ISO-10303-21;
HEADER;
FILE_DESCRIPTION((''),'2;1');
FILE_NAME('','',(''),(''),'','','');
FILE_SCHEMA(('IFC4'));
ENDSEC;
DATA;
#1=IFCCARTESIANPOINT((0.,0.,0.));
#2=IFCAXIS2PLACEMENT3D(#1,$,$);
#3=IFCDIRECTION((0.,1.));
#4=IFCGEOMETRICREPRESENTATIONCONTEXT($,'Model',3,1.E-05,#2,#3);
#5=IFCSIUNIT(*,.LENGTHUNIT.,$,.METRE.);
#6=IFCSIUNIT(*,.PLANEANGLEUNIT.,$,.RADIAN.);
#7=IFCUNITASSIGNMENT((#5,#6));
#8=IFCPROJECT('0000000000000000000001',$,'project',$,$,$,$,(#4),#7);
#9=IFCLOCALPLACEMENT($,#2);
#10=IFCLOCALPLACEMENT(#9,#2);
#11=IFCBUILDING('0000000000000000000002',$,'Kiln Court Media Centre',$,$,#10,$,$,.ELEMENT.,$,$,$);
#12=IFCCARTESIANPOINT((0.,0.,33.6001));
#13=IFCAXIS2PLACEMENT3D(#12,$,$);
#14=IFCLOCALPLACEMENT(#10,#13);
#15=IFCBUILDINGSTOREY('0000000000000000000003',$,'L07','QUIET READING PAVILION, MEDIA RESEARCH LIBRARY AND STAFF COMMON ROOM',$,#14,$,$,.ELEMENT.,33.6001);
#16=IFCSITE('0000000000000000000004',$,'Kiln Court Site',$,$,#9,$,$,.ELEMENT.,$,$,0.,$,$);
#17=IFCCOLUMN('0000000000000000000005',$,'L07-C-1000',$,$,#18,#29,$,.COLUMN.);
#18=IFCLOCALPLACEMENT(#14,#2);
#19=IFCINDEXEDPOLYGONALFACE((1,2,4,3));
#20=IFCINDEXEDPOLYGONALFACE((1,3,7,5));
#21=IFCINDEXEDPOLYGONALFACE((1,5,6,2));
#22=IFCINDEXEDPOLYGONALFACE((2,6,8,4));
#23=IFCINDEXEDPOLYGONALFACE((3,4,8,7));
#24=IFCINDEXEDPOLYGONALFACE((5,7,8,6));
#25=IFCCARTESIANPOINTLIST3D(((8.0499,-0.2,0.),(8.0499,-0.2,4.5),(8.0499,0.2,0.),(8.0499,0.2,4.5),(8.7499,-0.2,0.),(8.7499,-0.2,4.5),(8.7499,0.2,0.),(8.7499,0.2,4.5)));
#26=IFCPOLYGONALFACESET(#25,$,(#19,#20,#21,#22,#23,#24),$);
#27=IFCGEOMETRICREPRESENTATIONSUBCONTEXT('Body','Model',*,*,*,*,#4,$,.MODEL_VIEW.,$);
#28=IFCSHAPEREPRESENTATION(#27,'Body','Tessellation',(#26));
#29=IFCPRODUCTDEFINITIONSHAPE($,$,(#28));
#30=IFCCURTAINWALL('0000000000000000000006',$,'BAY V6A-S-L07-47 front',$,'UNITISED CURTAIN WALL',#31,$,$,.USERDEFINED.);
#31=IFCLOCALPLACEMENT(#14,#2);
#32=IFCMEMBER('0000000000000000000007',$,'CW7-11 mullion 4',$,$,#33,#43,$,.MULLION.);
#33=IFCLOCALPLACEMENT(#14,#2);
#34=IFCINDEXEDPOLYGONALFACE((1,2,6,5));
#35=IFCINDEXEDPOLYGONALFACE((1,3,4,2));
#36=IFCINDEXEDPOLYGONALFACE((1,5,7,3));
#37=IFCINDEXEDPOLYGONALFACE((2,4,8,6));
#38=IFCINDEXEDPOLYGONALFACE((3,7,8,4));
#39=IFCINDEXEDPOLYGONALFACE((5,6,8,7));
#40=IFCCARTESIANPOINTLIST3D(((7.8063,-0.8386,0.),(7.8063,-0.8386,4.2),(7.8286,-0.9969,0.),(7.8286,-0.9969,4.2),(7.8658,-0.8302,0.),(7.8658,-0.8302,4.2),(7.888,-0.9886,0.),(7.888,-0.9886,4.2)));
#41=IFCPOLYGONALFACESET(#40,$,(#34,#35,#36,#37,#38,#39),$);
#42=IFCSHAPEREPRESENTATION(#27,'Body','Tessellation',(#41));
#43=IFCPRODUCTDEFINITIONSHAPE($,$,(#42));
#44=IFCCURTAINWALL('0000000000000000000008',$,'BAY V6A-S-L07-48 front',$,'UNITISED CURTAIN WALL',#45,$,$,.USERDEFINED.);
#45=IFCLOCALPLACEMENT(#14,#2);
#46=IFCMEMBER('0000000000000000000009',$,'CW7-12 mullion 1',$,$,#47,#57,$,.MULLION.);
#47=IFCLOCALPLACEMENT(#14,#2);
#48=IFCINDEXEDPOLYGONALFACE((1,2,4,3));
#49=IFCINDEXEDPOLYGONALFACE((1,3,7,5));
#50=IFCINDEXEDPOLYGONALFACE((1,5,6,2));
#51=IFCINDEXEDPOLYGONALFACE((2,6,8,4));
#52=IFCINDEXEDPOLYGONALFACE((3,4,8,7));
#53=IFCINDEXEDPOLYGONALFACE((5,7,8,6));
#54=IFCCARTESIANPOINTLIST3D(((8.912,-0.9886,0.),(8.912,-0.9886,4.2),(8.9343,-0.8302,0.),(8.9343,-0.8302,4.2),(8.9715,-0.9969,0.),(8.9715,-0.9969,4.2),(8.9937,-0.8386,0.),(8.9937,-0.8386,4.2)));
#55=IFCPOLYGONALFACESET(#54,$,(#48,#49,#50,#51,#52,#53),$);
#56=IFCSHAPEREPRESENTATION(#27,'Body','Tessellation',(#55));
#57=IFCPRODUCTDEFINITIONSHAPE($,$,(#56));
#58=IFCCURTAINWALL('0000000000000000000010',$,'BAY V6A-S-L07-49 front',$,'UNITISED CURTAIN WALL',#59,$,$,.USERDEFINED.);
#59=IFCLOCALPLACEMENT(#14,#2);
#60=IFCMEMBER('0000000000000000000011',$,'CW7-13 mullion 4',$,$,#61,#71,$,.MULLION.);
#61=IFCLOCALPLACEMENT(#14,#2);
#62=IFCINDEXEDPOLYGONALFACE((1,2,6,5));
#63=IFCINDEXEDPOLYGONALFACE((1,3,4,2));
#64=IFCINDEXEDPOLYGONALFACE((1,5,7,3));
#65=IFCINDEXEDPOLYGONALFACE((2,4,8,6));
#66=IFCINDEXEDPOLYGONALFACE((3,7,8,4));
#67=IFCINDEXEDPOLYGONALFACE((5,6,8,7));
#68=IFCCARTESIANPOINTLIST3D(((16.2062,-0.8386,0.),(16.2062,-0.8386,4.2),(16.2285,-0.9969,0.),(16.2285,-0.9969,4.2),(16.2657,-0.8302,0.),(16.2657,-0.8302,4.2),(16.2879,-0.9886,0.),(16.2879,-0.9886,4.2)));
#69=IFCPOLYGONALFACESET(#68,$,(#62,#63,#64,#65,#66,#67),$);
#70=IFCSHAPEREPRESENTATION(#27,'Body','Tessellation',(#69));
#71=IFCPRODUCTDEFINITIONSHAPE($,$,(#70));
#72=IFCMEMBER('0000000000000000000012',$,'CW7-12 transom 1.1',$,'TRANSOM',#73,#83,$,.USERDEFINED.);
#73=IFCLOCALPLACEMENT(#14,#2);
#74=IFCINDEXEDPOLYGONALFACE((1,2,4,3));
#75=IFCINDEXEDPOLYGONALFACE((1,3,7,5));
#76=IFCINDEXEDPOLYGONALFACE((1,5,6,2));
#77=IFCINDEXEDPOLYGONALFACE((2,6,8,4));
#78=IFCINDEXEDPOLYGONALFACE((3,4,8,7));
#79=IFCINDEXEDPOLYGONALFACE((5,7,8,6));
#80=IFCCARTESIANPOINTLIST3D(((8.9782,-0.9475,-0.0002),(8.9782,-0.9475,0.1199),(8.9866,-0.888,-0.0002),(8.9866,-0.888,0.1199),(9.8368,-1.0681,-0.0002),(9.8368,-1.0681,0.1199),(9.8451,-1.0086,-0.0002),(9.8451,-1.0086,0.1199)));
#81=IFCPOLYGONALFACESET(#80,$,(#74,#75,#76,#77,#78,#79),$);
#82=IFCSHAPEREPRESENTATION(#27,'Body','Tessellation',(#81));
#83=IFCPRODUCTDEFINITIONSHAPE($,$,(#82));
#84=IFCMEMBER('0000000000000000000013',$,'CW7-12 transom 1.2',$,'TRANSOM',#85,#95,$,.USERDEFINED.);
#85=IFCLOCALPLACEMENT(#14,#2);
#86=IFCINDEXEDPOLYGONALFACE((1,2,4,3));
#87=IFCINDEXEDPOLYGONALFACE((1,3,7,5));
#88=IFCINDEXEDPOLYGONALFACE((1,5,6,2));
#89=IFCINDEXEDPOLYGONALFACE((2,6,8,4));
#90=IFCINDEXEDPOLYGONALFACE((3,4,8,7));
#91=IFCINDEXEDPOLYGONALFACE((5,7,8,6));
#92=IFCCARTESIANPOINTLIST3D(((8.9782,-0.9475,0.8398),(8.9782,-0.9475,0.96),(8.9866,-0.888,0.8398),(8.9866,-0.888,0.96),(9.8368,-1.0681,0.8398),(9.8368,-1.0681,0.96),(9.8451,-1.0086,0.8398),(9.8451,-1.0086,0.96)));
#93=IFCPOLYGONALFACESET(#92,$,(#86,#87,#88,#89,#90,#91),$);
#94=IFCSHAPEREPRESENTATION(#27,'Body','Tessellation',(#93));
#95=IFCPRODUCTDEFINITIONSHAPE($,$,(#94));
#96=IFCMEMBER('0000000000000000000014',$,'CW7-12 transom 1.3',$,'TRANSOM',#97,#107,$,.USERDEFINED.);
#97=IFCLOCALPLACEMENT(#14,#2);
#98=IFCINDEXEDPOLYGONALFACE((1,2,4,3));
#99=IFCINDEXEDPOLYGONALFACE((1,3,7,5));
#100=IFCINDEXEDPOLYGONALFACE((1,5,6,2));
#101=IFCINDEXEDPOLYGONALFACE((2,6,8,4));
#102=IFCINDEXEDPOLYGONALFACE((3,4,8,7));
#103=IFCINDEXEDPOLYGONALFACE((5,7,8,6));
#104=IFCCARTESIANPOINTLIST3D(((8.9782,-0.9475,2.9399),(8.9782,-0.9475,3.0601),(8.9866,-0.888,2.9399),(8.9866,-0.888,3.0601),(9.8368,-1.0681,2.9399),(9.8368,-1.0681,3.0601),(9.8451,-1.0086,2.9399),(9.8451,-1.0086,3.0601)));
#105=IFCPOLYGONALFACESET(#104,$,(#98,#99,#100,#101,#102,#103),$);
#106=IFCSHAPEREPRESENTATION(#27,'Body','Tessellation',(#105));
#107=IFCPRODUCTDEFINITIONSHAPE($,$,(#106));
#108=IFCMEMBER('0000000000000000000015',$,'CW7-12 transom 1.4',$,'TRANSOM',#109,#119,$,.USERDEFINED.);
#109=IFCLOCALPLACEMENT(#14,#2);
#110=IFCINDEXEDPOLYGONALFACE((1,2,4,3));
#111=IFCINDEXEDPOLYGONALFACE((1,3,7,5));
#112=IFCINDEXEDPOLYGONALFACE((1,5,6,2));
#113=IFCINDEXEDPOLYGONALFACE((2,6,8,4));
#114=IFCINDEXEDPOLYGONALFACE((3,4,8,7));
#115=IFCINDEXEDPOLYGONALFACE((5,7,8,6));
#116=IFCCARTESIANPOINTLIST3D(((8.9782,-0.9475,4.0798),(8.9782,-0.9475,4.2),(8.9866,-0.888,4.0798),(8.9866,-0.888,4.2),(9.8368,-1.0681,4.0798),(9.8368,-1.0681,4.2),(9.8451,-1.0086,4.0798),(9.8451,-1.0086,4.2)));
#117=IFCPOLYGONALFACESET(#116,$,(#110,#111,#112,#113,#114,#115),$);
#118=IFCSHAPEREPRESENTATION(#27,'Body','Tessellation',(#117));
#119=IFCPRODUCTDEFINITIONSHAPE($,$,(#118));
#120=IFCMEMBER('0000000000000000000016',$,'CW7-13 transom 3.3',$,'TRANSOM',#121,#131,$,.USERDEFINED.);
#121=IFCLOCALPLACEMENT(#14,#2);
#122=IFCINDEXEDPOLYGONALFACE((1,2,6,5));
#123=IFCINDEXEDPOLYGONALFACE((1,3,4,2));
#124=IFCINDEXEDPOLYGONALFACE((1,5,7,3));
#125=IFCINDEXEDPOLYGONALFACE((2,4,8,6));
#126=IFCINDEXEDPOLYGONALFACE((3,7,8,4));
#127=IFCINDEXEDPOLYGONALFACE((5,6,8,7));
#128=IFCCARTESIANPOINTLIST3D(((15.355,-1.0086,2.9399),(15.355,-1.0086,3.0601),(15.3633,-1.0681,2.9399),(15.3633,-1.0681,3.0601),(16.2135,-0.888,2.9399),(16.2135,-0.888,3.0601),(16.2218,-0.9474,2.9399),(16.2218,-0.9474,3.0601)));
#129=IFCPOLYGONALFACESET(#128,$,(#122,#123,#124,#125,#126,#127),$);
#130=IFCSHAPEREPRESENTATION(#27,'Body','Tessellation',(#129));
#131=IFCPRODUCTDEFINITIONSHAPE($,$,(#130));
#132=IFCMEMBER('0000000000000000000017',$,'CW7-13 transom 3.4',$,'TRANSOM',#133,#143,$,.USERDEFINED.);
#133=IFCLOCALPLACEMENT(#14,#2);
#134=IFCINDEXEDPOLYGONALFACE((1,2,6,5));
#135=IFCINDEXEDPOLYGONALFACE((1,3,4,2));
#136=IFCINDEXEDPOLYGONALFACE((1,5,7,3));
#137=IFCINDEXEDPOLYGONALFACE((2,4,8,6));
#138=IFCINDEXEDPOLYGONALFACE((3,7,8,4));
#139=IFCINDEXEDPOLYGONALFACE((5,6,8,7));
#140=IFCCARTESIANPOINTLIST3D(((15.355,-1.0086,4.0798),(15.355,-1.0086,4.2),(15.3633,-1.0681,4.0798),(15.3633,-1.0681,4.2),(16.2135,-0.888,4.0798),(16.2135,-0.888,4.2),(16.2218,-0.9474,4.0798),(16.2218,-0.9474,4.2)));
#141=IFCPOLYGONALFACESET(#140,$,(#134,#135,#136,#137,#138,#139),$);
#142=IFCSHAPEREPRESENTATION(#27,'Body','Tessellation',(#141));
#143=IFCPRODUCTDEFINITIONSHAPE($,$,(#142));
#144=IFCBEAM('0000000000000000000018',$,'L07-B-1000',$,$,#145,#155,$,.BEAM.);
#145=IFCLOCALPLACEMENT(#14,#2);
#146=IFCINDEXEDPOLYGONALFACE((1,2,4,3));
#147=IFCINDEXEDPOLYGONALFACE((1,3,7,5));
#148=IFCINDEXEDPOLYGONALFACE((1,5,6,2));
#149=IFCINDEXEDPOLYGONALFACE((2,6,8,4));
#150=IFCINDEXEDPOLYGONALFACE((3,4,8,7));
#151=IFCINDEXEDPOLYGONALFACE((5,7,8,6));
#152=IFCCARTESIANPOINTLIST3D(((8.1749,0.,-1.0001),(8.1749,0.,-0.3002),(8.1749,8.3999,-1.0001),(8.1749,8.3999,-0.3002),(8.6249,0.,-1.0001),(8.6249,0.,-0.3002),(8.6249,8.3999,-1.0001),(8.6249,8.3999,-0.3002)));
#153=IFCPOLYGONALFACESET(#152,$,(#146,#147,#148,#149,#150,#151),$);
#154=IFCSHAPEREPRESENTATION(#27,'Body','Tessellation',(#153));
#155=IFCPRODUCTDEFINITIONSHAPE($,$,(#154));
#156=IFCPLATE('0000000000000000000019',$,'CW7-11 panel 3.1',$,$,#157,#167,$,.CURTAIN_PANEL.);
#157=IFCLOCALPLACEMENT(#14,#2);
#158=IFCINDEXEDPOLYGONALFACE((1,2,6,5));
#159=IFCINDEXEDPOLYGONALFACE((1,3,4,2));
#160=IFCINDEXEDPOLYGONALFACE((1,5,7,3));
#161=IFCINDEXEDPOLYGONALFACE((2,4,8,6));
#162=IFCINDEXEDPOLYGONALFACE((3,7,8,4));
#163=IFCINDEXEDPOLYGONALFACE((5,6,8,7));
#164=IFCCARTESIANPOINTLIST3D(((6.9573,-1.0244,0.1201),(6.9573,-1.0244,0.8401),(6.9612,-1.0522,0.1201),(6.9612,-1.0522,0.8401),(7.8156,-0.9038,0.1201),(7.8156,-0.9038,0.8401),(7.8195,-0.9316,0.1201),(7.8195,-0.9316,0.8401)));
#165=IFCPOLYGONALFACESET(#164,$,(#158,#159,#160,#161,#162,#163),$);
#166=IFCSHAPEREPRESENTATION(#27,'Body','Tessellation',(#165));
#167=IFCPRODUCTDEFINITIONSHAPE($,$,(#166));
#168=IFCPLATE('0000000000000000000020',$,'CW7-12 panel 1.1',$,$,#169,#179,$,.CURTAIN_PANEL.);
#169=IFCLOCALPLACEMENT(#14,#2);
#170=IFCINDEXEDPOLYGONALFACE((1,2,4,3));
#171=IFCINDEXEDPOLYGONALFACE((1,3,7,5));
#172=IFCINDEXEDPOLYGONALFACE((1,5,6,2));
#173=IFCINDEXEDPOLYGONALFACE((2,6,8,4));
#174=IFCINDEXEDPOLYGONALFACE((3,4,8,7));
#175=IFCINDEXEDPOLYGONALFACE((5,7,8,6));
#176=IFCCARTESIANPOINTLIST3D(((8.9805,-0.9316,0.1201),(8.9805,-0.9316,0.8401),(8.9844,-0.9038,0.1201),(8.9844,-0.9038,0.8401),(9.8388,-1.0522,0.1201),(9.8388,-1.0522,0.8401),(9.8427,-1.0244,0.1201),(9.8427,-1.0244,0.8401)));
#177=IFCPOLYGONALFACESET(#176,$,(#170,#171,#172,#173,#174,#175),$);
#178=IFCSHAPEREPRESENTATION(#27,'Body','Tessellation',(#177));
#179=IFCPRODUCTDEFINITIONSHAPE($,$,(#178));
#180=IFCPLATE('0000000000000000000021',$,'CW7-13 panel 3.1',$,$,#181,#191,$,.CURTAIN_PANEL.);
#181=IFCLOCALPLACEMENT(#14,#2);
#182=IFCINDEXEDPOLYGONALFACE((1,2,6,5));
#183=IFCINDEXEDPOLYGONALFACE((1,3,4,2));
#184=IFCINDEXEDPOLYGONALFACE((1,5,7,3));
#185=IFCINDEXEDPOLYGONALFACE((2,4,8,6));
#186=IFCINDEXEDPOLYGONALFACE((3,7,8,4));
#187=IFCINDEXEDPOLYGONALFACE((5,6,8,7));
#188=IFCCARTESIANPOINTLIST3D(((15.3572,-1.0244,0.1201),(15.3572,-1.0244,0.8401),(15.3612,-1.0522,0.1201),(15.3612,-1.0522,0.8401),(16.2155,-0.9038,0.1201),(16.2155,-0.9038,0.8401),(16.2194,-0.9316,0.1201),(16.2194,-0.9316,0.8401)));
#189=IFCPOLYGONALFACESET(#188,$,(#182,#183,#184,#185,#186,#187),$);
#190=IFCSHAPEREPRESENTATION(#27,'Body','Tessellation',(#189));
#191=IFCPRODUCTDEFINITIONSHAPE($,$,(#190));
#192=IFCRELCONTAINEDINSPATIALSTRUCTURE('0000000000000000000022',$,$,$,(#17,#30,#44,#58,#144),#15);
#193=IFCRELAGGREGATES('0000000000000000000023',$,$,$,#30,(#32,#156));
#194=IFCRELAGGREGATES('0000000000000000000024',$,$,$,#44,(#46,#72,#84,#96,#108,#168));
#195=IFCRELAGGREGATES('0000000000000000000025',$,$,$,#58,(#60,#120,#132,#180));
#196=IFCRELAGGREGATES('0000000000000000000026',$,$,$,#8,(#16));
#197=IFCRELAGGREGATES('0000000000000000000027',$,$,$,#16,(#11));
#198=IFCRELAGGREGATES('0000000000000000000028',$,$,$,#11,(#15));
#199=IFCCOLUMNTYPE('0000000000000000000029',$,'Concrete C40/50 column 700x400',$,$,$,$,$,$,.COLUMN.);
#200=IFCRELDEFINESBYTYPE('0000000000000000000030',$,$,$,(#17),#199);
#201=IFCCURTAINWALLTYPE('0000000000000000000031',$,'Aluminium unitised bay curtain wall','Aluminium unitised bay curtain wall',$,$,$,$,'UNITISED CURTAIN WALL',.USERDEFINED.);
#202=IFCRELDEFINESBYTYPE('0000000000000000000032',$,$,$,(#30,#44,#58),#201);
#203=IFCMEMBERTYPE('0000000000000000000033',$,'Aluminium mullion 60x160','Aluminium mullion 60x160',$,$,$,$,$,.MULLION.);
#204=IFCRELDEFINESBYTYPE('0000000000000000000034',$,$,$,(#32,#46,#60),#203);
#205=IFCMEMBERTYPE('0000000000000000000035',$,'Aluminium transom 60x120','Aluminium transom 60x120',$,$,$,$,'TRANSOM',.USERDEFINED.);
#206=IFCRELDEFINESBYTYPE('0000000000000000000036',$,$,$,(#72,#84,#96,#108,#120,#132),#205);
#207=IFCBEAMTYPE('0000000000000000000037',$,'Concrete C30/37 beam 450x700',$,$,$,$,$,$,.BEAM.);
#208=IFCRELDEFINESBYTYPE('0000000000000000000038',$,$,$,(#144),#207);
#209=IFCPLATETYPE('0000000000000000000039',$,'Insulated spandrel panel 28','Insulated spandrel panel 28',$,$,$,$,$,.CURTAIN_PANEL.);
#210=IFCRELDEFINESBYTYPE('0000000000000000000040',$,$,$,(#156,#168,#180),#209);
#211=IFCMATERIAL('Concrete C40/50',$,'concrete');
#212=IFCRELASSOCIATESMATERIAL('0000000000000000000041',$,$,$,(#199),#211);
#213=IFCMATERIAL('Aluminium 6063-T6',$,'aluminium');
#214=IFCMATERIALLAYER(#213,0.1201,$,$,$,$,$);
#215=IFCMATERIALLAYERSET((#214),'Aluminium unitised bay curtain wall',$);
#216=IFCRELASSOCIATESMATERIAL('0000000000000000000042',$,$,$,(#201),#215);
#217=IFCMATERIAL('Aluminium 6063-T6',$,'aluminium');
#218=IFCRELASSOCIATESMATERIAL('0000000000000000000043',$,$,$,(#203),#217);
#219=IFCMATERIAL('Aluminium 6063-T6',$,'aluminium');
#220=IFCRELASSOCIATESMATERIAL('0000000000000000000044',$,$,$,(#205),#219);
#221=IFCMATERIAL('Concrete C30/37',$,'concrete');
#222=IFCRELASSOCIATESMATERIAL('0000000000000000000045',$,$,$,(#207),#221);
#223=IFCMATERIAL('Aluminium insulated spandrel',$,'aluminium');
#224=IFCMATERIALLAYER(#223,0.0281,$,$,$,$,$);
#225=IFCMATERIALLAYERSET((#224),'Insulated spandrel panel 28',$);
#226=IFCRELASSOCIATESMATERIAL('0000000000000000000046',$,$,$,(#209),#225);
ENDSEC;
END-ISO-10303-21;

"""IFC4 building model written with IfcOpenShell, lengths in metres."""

from ifc_helpers import new_model, si_unit, direction, frame, origin, origin_2d, place, context, subcontext, project, spatial, rectangle, extrude, material, layer, layer_set, material_profile, profile_set, type_object, element, aggregate, save


model = new_model("IFC4")

# Units and contexts
model_context = context("Model", 3, precision=1e-05, world=origin(), true_north=direction((0.0, 1.0)))
body_context = subcontext(model_context, "Body", "Model", "MODEL_VIEW")
ifc_project = project(units=[si_unit("LENGTHUNIT", "METRE"), si_unit("PLANEANGLEUNIT", "RADIAN")], contexts=[model_context])

# Site, building, storey
site_placement = place(None, origin())
site = spatial("IfcSite", under=ifc_project, at=site_placement, Name="Kiln Court Site", CompositionType="ELEMENT", RefElevation=0.0)
building_placement = place(site_placement, origin())
building = spatial("IfcBuilding", under=site, at=building_placement, Name="Kiln Court Media Centre", CompositionType="ELEMENT")
storey_placement = place(building_placement, frame((0.0, 0.0, 33.6001)))
storey = spatial("IfcBuildingStorey", under=building, at=storey_placement, Name="L07", Description="QUIET READING PAVILION, MEDIA RESEARCH LIBRARY AND STAFF COMMON ROOM", CompositionType="ELEMENT", Elevation=33.6001)

# Column
ifc_material_1 = material(Name="Concrete C40/50", Category="concrete")
ifc_material_profile_1 = material_profile(ifc_material_1, rectangle(XDim=0.7, YDim=0.3999, at=origin_2d()), Name="RC 700x400")
ifc_profile_set_1 = profile_set([ifc_material_profile_1], Name="Concrete C40/50")
column_type = type_object("IfcColumnType", Name="Concrete C40/50 column 700x400", PredefinedType="COLUMN", material=ifc_profile_set_1)
column_placement = place(storey_placement, frame((8.3999, 0.0, 0.0), z_axis=(0.0, 0.0, 1.0), x_axis=(1.0, 0.0, 0.0)))
element("IfcColumn", 1, at=column_placement, inside=storey, type_object=column_type, Name="L07-C-1000", PredefinedType="COLUMN", context=body_context, shape_type="SweptSolid", body=[
    extrude(rectangle(XDim=0.7, YDim=0.3999, at=origin_2d()), origin(), (0.0, 0.0, 1.0), 4.5),
])

# Curtain walls, members
ifc_material_2 = material(Name="Aluminium 6063-T6", Category="aluminium")
ifc_layer_1 = layer(ifc_material_2, 0.1201)
ifc_layer_set_1 = layer_set([ifc_layer_1], Name="Aluminium unitised bay curtain wall")
curtain_wall_type = type_object("IfcCurtainWallType", Name="Aluminium unitised bay curtain wall", Description="Aluminium unitised bay curtain wall", ElementType="UNITISED CURTAIN WALL", PredefinedType="USERDEFINED", material=ifc_layer_set_1)
curtain_wall_1_placement = place(storey_placement, origin())
curtain_wall_1 = element("IfcCurtainWall", 2, at=curtain_wall_1_placement, inside=storey, type_object=curtain_wall_type, Name="BAY V6A-S-L07-47 front", ObjectType="UNITISED CURTAIN WALL", PredefinedType="USERDEFINED")
ifc_material_3 = material(Name="Aluminium 6063-T6", Category="aluminium")
ifc_material_profile_2 = material_profile(ifc_material_3, rectangle(XDim=0.0601, YDim=0.1599, at=origin_2d()), Name="Aluminium mullion 60x160")
ifc_profile_set_2 = profile_set([ifc_material_profile_2], Name="Aluminium 6063-T6")
member_type_1 = type_object("IfcMemberType", Name="Aluminium mullion 60x160", Description="Aluminium mullion 60x160", PredefinedType="MULLION", material=ifc_profile_set_2)
member_1_placement = place(storey_placement, frame((7.8472, -0.9136, 0.0), z_axis=(0.0, 0.0, 1.0), x_axis=(0.99027, 0.139162, 0.0)))
member_1 = element("IfcMember", 3, at=member_1_placement, type_object=member_type_1, Name="CW7-11 mullion 4", PredefinedType="MULLION", context=body_context, shape_type="SweptSolid", body=[
    extrude(rectangle(XDim=0.0601, YDim=0.1599, at=origin_2d()), origin(), (0.0, 0.0, 1.0), 4.2),
])
curtain_wall_2_placement = place(storey_placement, origin())
curtain_wall_2 = element("IfcCurtainWall", 4, at=curtain_wall_2_placement, inside=storey, type_object=curtain_wall_type, Name="BAY V6A-S-L07-48 front", ObjectType="UNITISED CURTAIN WALL", PredefinedType="USERDEFINED")
member_2_placement = place(storey_placement, frame((8.9529, -0.9136, 0.0), z_axis=(0.0, 0.0, 1.0), x_axis=(0.99027, -0.139162, 0.0)))
member_2 = element("IfcMember", 5, at=member_2_placement, type_object=member_type_1, Name="CW7-12 mullion 1", PredefinedType="MULLION", context=body_context, shape_type="SweptSolid", body=[
    extrude(rectangle(XDim=0.0601, YDim=0.1599, at=origin_2d()), origin(), (0.0, 0.0, 1.0), 4.2),
])
curtain_wall_3_placement = place(storey_placement, origin())
curtain_wall_3 = element("IfcCurtainWall", 6, at=curtain_wall_3_placement, inside=storey, type_object=curtain_wall_type, Name="BAY V6A-S-L07-49 front", ObjectType="UNITISED CURTAIN WALL", PredefinedType="USERDEFINED")
member_3_placement = place(storey_placement, frame((16.2471, -0.9136, 0.0), z_axis=(0.0, 0.0, 1.0), x_axis=(0.99027, 0.139162, 0.0)))
member_3 = element("IfcMember", 7, at=member_3_placement, type_object=member_type_1, Name="CW7-13 mullion 4", PredefinedType="MULLION", context=body_context, shape_type="SweptSolid", body=[
    extrude(rectangle(XDim=0.0601, YDim=0.1599, at=origin_2d()), origin(), (0.0, 0.0, 1.0), 4.2),
])

# Members
ifc_material_4 = material(Name="Aluminium 6063-T6", Category="aluminium")
ifc_material_profile_3 = material_profile(ifc_material_4, rectangle(XDim=0.0601, YDim=0.1201, at=origin_2d()), Name="Aluminium transom 60x120")
ifc_profile_set_3 = profile_set([ifc_material_profile_3], Name="Aluminium 6063-T6")
member_type_2 = type_object("IfcMemberType", Name="Aluminium transom 60x120", Description="Aluminium transom 60x120", ElementType="TRANSOM", PredefinedType="USERDEFINED", material=ifc_profile_set_3)
member_4_placement = place(storey_placement, frame((8.9824, -0.9177, 0.0598), z_axis=(0.990274, -0.139134, 0.0), x_axis=(0.139134, 0.990274, 0.0)))
member_4 = element("IfcMember", 8, at=member_4_placement, type_object=member_type_2, Name="CW7-12 transom 1.1", ObjectType="TRANSOM", PredefinedType="USERDEFINED", context=body_context, shape_type="SweptSolid", body=[
    extrude(rectangle(XDim=0.0601, YDim=0.1201, at=origin_2d()), origin(), (0.0, 0.0, 1.0), 0.8669),
])
member_5_placement = place(storey_placement, frame((8.9824, -0.9177, 0.8999), z_axis=(0.990274, -0.139134, 0.0), x_axis=(0.139134, 0.990274, 0.0)))
member_5 = element("IfcMember", 9, at=member_5_placement, type_object=member_type_2, Name="CW7-12 transom 1.2", ObjectType="TRANSOM", PredefinedType="USERDEFINED", context=body_context, shape_type="SweptSolid", body=[
    extrude(rectangle(XDim=0.0601, YDim=0.1201, at=origin_2d()), origin(), (0.0, 0.0, 1.0), 0.8669),
])
member_6_placement = place(storey_placement, frame((8.9824, -0.9177, 3.0), z_axis=(0.990274, -0.139134, 0.0), x_axis=(0.139134, 0.990274, 0.0)))
member_6 = element("IfcMember", 10, at=member_6_placement, type_object=member_type_2, Name="CW7-12 transom 1.3", ObjectType="TRANSOM", PredefinedType="USERDEFINED", context=body_context, shape_type="SweptSolid", body=[
    extrude(rectangle(XDim=0.0601, YDim=0.1201, at=origin_2d()), origin(), (0.0, 0.0, 1.0), 0.8669),
])
member_7_placement = place(storey_placement, frame((8.9824, -0.9177, 4.1399), z_axis=(0.990274, -0.139134, 0.0), x_axis=(0.139134, 0.990274, 0.0)))
member_7 = element("IfcMember", 11, at=member_7_placement, type_object=member_type_2, Name="CW7-12 transom 1.4", ObjectType="TRANSOM", PredefinedType="USERDEFINED", context=body_context, shape_type="SweptSolid", body=[
    extrude(rectangle(XDim=0.0601, YDim=0.1201, at=origin_2d()), origin(), (0.0, 0.0, 1.0), 0.8669),
])
member_8_placement = place(storey_placement, frame((15.3591, -1.0383, 3.0), z_axis=(0.990274, 0.139134, 0.0), x_axis=(-0.139134, 0.990274, 0.0)))
member_8 = element("IfcMember", 12, at=member_8_placement, type_object=member_type_2, Name="CW7-13 transom 3.3", ObjectType="TRANSOM", PredefinedType="USERDEFINED", context=body_context, shape_type="SweptSolid", body=[
    extrude(rectangle(XDim=0.0601, YDim=0.1201, at=origin_2d()), origin(), (0.0, 0.0, 1.0), 0.8669),
])
member_9_placement = place(storey_placement, frame((15.3591, -1.0383, 4.1399), z_axis=(0.990274, 0.139134, 0.0), x_axis=(-0.139134, 0.990274, 0.0)))
member_9 = element("IfcMember", 13, at=member_9_placement, type_object=member_type_2, Name="CW7-13 transom 3.4", ObjectType="TRANSOM", PredefinedType="USERDEFINED", context=body_context, shape_type="SweptSolid", body=[
    extrude(rectangle(XDim=0.0601, YDim=0.1201, at=origin_2d()), origin(), (0.0, 0.0, 1.0), 0.8669),
])

# Beam
ifc_material_5 = material(Name="Concrete C30/37", Category="concrete")
ifc_material_profile_4 = material_profile(ifc_material_5, rectangle(XDim=0.45, YDim=0.7, at=origin_2d()), Name="RC 450x700")
ifc_profile_set_4 = profile_set([ifc_material_profile_4], Name="Concrete C30/37")
beam_type = type_object("IfcBeamType", Name="Concrete C30/37 beam 450x700", PredefinedType="BEAM", material=ifc_profile_set_4)
beam_placement = place(storey_placement, frame((8.3999, 0.0, -0.6501), z_axis=(0.0, 1.0, 0.0), x_axis=(-1.0, 0.0, 0.0)))
element("IfcBeam", 14, at=beam_placement, inside=storey, type_object=beam_type, Name="L07-B-1000", PredefinedType="BEAM", context=body_context, shape_type="SweptSolid", body=[
    extrude(rectangle(XDim=0.45, YDim=0.7, at=origin_2d()), origin(), (0.0, 0.0, 1.0), 8.3999),
])

# Plates
ifc_material_6 = material(Name="Aluminium insulated spandrel", Category="aluminium")
ifc_layer_2 = layer(ifc_material_6, 0.0281)
ifc_layer_set_2 = layer_set([ifc_layer_2], Name="Insulated spandrel panel 28")
plate_type_1 = type_object("IfcPlateType", Name="Insulated spandrel panel 28", Description="Insulated spandrel panel 28", PredefinedType="CURTAIN_PANEL", material=ifc_layer_set_2)
plate_1_placement = place(storey_placement, frame((7.3884, -0.978, 0.1201), z_axis=(0.0, 0.0, 1.0), x_axis=(0.99027, 0.139162, 0.0)))
plate_1 = element("IfcPlate", 15, at=plate_1_placement, type_object=plate_type_1, Name="CW7-11 panel 3.1", PredefinedType="CURTAIN_PANEL", context=body_context, shape_type="SweptSolid", body=[
    extrude(rectangle(XDim=0.8667, YDim=0.0281, at=origin_2d()), origin(), (0.0, 0.0, 1.0), 0.72),
])
plate_2_placement = place(storey_placement, frame((9.4116, -0.978, 0.1201), z_axis=(0.0, 0.0, 1.0), x_axis=(0.99027, -0.139162, 0.0)))
plate_2 = element("IfcPlate", 16, at=plate_2_placement, type_object=plate_type_1, Name="CW7-12 panel 1.1", PredefinedType="CURTAIN_PANEL", context=body_context, shape_type="SweptSolid", body=[
    extrude(rectangle(XDim=0.8667, YDim=0.0281, at=origin_2d()), origin(), (0.0, 0.0, 1.0), 0.72),
])
plate_3_placement = place(storey_placement, frame((15.7883, -0.978, 0.1201), z_axis=(0.0, 0.0, 1.0), x_axis=(0.99027, 0.139162, 0.0)))
plate_3 = element("IfcPlate", 17, at=plate_3_placement, type_object=plate_type_1, Name="CW7-13 panel 3.1", PredefinedType="CURTAIN_PANEL", context=body_context, shape_type="SweptSolid", body=[
    extrude(rectangle(XDim=0.8667, YDim=0.0281, at=origin_2d()), origin(), (0.0, 0.0, 1.0), 0.72),
])
aggregate(curtain_wall_1, [member_1, plate_1])
aggregate(curtain_wall_2, [member_2, member_4, member_5, member_6, member_7, plate_2])
aggregate(curtain_wall_3, [member_3, member_8, member_9, plate_3])

save(model, "model.ifc")
